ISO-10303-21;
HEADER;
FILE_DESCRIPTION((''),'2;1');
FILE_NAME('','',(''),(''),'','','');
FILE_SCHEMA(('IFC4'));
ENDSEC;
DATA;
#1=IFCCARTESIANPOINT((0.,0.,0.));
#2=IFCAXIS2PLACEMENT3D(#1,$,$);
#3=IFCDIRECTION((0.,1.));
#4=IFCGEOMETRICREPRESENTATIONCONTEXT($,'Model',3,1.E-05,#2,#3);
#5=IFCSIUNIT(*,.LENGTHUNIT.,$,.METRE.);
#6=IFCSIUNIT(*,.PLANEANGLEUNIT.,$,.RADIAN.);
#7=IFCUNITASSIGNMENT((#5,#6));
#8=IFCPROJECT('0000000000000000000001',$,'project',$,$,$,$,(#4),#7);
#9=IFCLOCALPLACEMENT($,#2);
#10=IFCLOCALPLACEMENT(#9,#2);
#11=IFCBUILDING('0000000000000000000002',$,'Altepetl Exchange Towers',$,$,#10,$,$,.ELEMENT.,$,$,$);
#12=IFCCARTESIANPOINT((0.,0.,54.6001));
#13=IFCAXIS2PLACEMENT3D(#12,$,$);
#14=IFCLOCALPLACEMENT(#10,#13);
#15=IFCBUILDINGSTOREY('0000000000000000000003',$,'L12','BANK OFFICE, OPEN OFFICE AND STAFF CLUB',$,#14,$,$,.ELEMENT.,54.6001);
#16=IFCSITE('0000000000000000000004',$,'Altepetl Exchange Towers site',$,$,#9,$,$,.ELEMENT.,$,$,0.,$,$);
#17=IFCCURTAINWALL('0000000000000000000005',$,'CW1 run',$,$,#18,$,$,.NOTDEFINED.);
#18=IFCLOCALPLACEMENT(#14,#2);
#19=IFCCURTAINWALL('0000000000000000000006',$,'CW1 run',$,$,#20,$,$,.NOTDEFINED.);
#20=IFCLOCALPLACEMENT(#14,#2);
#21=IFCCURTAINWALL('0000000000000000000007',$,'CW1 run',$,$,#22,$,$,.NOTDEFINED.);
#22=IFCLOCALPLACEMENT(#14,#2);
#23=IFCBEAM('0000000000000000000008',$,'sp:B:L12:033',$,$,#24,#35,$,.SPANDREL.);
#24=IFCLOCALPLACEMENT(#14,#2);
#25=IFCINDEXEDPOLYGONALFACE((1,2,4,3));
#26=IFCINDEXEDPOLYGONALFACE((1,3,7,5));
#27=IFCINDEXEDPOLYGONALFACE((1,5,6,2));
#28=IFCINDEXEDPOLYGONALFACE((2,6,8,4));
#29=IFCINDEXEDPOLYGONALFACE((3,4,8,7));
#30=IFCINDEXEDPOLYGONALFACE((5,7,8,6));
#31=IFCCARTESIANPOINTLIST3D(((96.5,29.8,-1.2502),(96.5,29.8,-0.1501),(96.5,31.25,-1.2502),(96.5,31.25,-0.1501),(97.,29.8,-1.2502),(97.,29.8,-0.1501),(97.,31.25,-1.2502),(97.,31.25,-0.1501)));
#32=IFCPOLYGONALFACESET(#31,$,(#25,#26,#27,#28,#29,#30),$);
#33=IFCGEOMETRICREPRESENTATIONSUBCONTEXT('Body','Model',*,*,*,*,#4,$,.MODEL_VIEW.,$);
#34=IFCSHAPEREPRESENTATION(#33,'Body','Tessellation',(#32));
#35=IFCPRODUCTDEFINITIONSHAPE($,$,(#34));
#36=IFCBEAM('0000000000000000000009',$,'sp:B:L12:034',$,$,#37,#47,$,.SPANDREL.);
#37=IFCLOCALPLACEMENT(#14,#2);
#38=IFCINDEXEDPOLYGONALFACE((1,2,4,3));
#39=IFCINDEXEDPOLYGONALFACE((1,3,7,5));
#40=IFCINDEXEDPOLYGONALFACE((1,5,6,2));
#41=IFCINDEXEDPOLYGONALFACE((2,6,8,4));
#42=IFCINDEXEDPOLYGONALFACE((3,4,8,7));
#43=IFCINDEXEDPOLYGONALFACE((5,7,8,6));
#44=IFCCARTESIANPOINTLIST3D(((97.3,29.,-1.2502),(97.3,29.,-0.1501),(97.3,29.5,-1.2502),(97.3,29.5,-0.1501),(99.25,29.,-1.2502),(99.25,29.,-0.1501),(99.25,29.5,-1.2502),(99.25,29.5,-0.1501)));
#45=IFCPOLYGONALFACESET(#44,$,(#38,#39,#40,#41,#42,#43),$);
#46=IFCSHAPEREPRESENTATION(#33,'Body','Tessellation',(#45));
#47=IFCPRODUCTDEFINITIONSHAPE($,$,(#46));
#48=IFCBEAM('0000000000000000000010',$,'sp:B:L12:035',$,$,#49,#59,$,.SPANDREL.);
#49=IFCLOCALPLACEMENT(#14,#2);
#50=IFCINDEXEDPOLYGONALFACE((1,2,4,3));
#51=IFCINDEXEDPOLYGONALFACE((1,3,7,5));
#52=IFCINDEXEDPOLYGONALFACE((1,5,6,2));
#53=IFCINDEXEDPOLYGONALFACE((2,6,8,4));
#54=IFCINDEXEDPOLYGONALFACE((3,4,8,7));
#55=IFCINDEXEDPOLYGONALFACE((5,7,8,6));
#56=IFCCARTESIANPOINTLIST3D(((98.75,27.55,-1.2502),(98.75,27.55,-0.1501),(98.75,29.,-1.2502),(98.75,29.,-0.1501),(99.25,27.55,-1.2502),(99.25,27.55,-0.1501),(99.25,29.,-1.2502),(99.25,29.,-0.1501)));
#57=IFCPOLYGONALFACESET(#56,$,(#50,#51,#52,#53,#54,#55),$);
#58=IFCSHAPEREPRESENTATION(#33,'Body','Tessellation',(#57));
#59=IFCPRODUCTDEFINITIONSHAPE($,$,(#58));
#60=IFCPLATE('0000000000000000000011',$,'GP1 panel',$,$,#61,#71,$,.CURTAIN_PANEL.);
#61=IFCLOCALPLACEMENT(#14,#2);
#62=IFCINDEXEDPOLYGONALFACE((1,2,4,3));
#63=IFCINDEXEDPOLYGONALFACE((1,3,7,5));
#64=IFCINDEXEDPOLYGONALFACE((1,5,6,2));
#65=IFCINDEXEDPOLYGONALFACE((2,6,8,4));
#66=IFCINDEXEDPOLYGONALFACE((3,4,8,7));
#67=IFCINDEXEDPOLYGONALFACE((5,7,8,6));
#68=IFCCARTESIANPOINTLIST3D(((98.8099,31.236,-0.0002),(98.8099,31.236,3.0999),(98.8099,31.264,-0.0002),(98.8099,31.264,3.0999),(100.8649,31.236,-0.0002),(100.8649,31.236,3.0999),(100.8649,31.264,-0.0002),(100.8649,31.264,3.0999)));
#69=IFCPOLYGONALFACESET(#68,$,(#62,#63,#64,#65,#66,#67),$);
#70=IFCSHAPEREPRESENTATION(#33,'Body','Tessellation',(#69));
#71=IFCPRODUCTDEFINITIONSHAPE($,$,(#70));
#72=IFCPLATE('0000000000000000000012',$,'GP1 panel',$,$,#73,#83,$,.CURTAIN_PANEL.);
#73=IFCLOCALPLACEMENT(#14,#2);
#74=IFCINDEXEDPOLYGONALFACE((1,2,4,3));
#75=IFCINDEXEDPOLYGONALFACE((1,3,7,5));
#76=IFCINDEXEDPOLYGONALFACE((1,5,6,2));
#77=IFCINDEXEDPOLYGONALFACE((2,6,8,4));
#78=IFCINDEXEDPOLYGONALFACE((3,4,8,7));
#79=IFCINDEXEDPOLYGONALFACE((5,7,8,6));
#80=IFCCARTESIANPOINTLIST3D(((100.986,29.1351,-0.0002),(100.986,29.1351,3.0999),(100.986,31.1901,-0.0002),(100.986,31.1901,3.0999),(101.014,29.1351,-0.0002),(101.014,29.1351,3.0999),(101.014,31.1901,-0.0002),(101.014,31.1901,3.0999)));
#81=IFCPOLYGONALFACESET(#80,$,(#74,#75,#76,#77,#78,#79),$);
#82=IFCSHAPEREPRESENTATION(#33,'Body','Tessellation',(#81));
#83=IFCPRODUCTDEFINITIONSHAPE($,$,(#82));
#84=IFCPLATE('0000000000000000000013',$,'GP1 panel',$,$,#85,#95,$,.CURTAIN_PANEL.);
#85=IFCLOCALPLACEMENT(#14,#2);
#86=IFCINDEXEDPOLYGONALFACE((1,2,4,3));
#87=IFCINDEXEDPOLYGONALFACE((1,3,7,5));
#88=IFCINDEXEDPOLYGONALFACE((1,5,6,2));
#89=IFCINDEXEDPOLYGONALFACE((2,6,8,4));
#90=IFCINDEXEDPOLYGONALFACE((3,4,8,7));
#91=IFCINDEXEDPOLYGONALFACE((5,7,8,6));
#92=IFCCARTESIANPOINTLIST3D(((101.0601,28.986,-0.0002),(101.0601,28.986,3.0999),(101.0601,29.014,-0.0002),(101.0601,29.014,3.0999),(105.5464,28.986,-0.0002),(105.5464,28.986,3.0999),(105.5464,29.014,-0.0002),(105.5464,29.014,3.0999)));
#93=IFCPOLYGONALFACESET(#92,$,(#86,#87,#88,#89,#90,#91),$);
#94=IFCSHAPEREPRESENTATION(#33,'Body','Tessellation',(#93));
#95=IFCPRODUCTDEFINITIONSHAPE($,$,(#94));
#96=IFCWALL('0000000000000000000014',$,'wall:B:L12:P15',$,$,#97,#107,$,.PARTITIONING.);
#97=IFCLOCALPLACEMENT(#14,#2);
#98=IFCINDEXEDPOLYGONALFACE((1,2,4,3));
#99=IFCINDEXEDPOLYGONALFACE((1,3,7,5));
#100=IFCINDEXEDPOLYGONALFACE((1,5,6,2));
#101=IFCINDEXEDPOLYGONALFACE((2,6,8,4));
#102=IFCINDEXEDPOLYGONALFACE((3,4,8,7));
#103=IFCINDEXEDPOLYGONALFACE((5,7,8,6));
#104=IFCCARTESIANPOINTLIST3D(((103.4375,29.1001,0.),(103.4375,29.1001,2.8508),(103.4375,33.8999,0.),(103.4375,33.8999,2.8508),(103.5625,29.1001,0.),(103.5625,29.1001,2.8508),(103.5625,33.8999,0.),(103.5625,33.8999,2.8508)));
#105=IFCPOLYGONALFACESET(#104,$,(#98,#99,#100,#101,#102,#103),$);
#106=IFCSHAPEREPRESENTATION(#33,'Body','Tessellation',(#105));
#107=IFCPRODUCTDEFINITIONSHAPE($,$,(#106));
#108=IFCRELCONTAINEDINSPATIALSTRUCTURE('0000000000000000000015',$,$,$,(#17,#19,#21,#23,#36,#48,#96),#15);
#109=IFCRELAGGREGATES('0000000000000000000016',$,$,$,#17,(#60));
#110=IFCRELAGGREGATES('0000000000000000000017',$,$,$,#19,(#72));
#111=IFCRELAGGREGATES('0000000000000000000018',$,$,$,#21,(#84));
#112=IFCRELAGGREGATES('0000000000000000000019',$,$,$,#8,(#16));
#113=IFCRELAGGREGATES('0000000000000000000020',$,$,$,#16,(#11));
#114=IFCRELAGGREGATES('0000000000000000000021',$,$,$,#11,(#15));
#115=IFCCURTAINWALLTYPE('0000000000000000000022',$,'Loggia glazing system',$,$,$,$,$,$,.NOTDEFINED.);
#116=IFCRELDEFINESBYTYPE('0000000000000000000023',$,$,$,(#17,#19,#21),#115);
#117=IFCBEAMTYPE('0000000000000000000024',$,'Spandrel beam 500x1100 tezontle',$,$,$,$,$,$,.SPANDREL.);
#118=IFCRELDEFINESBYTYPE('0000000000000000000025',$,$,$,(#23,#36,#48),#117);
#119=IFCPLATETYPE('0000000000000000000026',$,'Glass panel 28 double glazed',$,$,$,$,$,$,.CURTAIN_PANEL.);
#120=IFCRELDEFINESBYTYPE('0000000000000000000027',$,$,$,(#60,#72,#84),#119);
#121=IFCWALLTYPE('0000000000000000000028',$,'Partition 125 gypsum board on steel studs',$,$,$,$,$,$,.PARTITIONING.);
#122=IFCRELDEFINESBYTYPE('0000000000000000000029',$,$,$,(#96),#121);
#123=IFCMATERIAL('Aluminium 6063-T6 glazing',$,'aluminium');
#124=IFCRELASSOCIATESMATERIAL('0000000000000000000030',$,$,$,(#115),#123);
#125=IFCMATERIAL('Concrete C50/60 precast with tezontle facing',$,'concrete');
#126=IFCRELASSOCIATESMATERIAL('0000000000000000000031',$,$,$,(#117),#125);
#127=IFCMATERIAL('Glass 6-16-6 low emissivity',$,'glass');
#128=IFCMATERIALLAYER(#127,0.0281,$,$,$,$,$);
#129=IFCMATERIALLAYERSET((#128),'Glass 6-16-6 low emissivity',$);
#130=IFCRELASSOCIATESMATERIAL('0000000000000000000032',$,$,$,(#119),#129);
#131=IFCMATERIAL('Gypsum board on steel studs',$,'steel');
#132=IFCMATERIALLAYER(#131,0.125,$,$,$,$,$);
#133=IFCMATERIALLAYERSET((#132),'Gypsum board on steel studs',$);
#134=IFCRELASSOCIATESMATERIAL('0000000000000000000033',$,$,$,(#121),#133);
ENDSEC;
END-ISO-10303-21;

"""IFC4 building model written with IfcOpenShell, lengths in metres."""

from ifc_helpers import new_model, si_unit, direction, frame, frame_2d, origin, origin_2d, place, context, subcontext, project, spatial, rectangle, extrude, material, layer, layer_set, material_profile, profile_set, type_object, element, aggregate, save


model = new_model("IFC4")

# Units and contexts
model_context = context("Model", 3, precision=1e-05, world=origin(), true_north=direction((0.0, 1.0)))
body_context = subcontext(model_context, "Body", "Model", "MODEL_VIEW")
ifc_project = project(units=[si_unit("LENGTHUNIT", "METRE"), si_unit("PLANEANGLEUNIT", "RADIAN")], contexts=[model_context])

# Site, building, storey
site_placement = place(None, origin())
site = spatial("IfcSite", under=ifc_project, at=site_placement, Name="Altepetl Exchange Towers site", CompositionType="ELEMENT", RefElevation=0.0)
building_placement = place(site_placement, origin())
building = spatial("IfcBuilding", under=site, at=building_placement, Name="Altepetl Exchange Towers", CompositionType="ELEMENT")
storey_placement = place(building_placement, frame((0.0, 0.0, 54.6001)))
storey = spatial("IfcBuildingStorey", under=building, at=storey_placement, Name="L12", Description="BANK OFFICE, OPEN OFFICE AND STAFF CLUB", CompositionType="ELEMENT", Elevation=54.6001)

# Curtain walls
ifc_material_1 = material(Name="Aluminium 6063-T6 glazing", Category="aluminium")
curtain_wall_type = type_object("IfcCurtainWallType", Name="Loggia glazing system", PredefinedType="NOTDEFINED", material=ifc_material_1)
curtain_wall_1_placement = place(storey_placement, origin())
curtain_wall_1 = element("IfcCurtainWall", 1, at=curtain_wall_1_placement, inside=storey, type_object=curtain_wall_type, Name="CW1 run", PredefinedType="NOTDEFINED")
curtain_wall_2_placement = place(storey_placement, origin())
curtain_wall_2 = element("IfcCurtainWall", 2, at=curtain_wall_2_placement, inside=storey, type_object=curtain_wall_type, Name="CW1 run", PredefinedType="NOTDEFINED")

# Curtain wall
curtain_wall_3_placement = place(storey_placement, origin())
curtain_wall_3 = element("IfcCurtainWall", 3, at=curtain_wall_3_placement, inside=storey, type_object=curtain_wall_type, Name="CW1 run", PredefinedType="NOTDEFINED")

# Beams
ifc_material_2 = material(Name="Concrete C50/60 precast with tezontle facing", Category="concrete")
ifc_material_profile_1 = material_profile(ifc_material_2, rectangle(XDim=0.5, YDim=1.1001, at=origin_2d()), Name="500 x 1100")
ifc_profile_set_1 = profile_set([ifc_material_profile_1], Name="Concrete C50/60 precast with tezontle facing")
beam_type_1 = type_object("IfcBeamType", Name="Spandrel beam 500x1100 tezontle", PredefinedType="SPANDREL", material=ifc_profile_set_1)
beam_1_placement = place(storey_placement, frame((96.75, 31.25, -0.7002), z_axis=(0.0, -1.0, 0.0), x_axis=(1.0, 0.0, 0.0)))
element("IfcBeam", 4, at=beam_1_placement, inside=storey, type_object=beam_type_1, Name="sp:B:L12:033", PredefinedType="SPANDREL", context=body_context, shape_type="SweptSolid", body=[
    extrude(rectangle(XDim=0.5, YDim=1.1001, at=origin_2d()), origin(), (0.0, 0.0, 1.0), 1.45),
])
beam_2_placement = place(storey_placement, frame((97.3, 29.25, -0.7002), z_axis=(1.0, 0.0, 0.0), x_axis=(0.0, 1.0, 0.0)))
element("IfcBeam", 5, at=beam_2_placement, inside=storey, type_object=beam_type_1, Name="sp:B:L12:034", PredefinedType="SPANDREL", context=body_context, shape_type="SweptSolid", body=[
    extrude(rectangle(XDim=0.5, YDim=1.1001, at=origin_2d()), origin(), (0.0, 0.0, 1.0), 1.95),
])
beam_3_placement = place(storey_placement, frame((99.0, 29.0, -0.7002), z_axis=(0.0, -1.0, 0.0), x_axis=(1.0, 0.0, 0.0)))
element("IfcBeam", 6, at=beam_3_placement, inside=storey, type_object=beam_type_1, Name="sp:B:L12:035", PredefinedType="SPANDREL", context=body_context, shape_type="SweptSolid", body=[
    extrude(rectangle(XDim=0.5, YDim=1.1001, at=origin_2d()), origin(), (0.0, 0.0, 1.0), 1.45),
])

# Plates
ifc_material_3 = material(Name="Glass 6-16-6 low emissivity", Category="glass")
ifc_layer_1 = layer(ifc_material_3, 0.0281)
ifc_layer_set_1 = layer_set([ifc_layer_1], Name="Glass 6-16-6 low emissivity")
plate_type = type_object("IfcPlateType", Name="Glass panel 28 double glazed", PredefinedType="CURTAIN_PANEL", material=ifc_layer_set_1)
plate_1_placement = place(storey_placement, frame((99.8374, 31.25, -0.0002)))
plate_1 = element("IfcPlate", 7, at=plate_1_placement, type_object=plate_type, Name="GP1 panel", PredefinedType="CURTAIN_PANEL", context=body_context, shape_type="SweptSolid", body=[
    extrude(rectangle(XDim=2.0549, YDim=0.0281, at=origin_2d()), origin(), (0.0, 0.0, 1.0), 3.1001),
])
aggregate(curtain_wall_1, [plate_1])
plate_2_placement = place(storey_placement, frame((101.0, 30.1626, -0.0002), z_axis=(0.0, 0.0, 1.0), x_axis=(0.0, -1.0, 0.0)))
plate_2 = element("IfcPlate", 8, at=plate_2_placement, type_object=plate_type, Name="GP1 panel", PredefinedType="CURTAIN_PANEL", context=body_context, shape_type="SweptSolid", body=[
    extrude(rectangle(XDim=2.0549, YDim=0.0281, at=origin_2d()), origin(), (0.0, 0.0, 1.0), 3.1001),
])
aggregate(curtain_wall_2, [plate_2])
plate_3_placement = place(storey_placement, frame((103.3032, 29.0, -0.0002)))
plate_3 = element("IfcPlate", 9, at=plate_3_placement, type_object=plate_type, Name="GP1 panel", PredefinedType="CURTAIN_PANEL", context=body_context, shape_type="SweptSolid", body=[
    extrude(rectangle(XDim=4.4863, YDim=0.0281, at=origin_2d()), origin(), (0.0, 0.0, 1.0), 3.1001),
])
aggregate(curtain_wall_3, [plate_3])

# Wall
ifc_material_4 = material(Name="Gypsum board on steel studs", Category="steel")
ifc_layer_2 = layer(ifc_material_4, 0.125)
ifc_layer_set_2 = layer_set([ifc_layer_2], Name="Gypsum board on steel studs")
wall_type = type_object("IfcWallType", Name="Partition 125 gypsum board on steel studs", PredefinedType="PARTITIONING", material=ifc_layer_set_2)
wall_placement = place(storey_placement, frame((103.5, 29.1001, 0.0), z_axis=(0.0, 0.0, 1.0), x_axis=(0.0, 1.0, 0.0)))
element("IfcWall", 10, at=wall_placement, inside=storey, type_object=wall_type, Name="wall:B:L12:P15", PredefinedType="PARTITIONING", context=body_context, shape_type="SweptSolid", body=[
    extrude(rectangle(XDim=4.7998, YDim=0.125, at=frame_2d((2.3999, 0.0))), origin(), (0.0, 0.0, 1.0), 2.8508),
])

save(model, "model.ifc")
